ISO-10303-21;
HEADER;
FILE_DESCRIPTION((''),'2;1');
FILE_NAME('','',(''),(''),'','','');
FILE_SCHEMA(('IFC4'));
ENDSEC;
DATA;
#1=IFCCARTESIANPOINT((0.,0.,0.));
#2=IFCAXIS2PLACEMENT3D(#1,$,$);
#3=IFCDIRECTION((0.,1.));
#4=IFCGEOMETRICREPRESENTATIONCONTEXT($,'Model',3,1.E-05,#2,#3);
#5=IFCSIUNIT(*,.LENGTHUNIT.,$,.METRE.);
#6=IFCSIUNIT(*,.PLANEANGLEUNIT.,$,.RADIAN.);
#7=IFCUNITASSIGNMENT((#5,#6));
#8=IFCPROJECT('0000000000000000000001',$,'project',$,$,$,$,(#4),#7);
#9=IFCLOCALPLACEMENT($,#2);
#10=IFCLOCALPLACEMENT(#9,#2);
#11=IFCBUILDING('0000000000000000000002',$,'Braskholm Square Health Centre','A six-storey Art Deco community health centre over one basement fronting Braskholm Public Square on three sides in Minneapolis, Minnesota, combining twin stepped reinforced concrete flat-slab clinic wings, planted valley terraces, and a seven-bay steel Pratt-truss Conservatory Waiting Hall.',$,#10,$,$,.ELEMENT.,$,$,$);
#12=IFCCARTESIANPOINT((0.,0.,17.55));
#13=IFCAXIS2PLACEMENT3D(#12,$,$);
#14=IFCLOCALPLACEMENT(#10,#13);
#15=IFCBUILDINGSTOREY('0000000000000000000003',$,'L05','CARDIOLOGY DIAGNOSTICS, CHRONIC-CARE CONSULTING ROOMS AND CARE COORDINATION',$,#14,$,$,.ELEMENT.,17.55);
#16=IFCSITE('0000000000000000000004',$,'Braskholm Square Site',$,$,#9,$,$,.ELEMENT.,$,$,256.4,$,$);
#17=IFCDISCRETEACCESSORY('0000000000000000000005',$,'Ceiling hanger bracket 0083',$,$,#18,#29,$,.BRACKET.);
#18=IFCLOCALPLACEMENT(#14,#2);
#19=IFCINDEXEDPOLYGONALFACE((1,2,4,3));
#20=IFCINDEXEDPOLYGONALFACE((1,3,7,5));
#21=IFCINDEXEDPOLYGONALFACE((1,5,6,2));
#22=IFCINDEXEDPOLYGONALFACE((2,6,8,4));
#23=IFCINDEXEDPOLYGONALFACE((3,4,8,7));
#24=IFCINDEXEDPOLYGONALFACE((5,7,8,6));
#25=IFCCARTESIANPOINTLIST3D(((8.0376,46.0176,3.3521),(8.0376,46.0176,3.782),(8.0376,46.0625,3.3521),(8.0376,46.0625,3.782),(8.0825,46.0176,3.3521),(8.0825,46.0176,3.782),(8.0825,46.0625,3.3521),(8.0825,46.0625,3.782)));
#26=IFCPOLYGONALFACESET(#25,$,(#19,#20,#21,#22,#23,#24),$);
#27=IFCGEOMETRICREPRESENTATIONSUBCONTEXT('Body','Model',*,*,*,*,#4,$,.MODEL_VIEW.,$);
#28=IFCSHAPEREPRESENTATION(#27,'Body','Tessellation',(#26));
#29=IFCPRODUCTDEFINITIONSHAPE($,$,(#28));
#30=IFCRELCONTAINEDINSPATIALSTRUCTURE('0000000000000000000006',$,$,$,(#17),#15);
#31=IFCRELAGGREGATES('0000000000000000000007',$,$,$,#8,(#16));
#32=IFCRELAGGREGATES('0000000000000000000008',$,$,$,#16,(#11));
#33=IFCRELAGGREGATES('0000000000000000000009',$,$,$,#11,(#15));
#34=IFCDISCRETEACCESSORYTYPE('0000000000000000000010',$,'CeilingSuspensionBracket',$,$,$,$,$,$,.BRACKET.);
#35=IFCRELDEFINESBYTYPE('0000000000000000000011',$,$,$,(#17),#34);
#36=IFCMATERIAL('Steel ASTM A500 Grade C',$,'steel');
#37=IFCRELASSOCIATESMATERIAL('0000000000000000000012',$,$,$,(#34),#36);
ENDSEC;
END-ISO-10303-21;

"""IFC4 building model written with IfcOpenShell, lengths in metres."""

from ifc_helpers import new_model, si_unit, direction, frame, origin, origin_2d, place, context, subcontext, project, spatial, rectangle, extrude, material, type_object, element, save


model = new_model("IFC4")

# Units and contexts
model_context = context("Model", 3, precision=1e-05, world=origin(), true_north=direction((0.0, 1.0)))
body_context = subcontext(model_context, "Body", "Model", "MODEL_VIEW")
ifc_project = project(units=[si_unit("LENGTHUNIT", "METRE"), si_unit("PLANEANGLEUNIT", "RADIAN")], contexts=[model_context])

# Site, building, storey
site_placement = place(None, origin())
site = spatial("IfcSite", under=ifc_project, at=site_placement, Name="Braskholm Square Site", CompositionType="ELEMENT", RefElevation=256.4)
building_placement = place(site_placement, origin())
building = spatial("IfcBuilding", under=site, at=building_placement, Name="Braskholm Square Health Centre", Description="A six-storey Art Deco community health centre over one basement fronting Braskholm Public Square on three sides in Minneapolis, Minnesota, combining twin stepped reinforced concrete flat-slab clinic wings, planted valley terraces, and a seven-bay steel Pratt-truss Conservatory Waiting Hall.", CompositionType="ELEMENT")
storey_placement = place(building_placement, frame((0.0, 0.0, 17.55)))
storey = spatial("IfcBuildingStorey", under=building, at=storey_placement, Name="L05", Description="CARDIOLOGY DIAGNOSTICS, CHRONIC-CARE CONSULTING ROOMS AND CARE COORDINATION", CompositionType="ELEMENT", Elevation=17.55)

# Discrete accessory
ifc_material_1 = material(Name="Steel ASTM A500 Grade C", Category="steel")
discrete_accessory_type = type_object("IfcDiscreteAccessoryType", Name="CeilingSuspensionBracket", PredefinedType="BRACKET", material=ifc_material_1)
discrete_accessory_placement = place(storey_placement, frame((8.0601, 46.04, 3.3521), z_axis=(0.0, 0.0, 1.0), x_axis=(1.0, 0.0, 0.0)))
element("IfcDiscreteAccessory", 1, at=discrete_accessory_placement, inside=storey, type_object=discrete_accessory_type, Name="Ceiling hanger bracket 0083", PredefinedType="BRACKET", context=body_context, shape_type="SweptSolid", body=[
    extrude(rectangle(XDim=0.0449, YDim=0.0449, at=origin_2d()), origin(), (0.0, 0.0, 1.0), 0.4299),
])

save(model, "model.ifc")
